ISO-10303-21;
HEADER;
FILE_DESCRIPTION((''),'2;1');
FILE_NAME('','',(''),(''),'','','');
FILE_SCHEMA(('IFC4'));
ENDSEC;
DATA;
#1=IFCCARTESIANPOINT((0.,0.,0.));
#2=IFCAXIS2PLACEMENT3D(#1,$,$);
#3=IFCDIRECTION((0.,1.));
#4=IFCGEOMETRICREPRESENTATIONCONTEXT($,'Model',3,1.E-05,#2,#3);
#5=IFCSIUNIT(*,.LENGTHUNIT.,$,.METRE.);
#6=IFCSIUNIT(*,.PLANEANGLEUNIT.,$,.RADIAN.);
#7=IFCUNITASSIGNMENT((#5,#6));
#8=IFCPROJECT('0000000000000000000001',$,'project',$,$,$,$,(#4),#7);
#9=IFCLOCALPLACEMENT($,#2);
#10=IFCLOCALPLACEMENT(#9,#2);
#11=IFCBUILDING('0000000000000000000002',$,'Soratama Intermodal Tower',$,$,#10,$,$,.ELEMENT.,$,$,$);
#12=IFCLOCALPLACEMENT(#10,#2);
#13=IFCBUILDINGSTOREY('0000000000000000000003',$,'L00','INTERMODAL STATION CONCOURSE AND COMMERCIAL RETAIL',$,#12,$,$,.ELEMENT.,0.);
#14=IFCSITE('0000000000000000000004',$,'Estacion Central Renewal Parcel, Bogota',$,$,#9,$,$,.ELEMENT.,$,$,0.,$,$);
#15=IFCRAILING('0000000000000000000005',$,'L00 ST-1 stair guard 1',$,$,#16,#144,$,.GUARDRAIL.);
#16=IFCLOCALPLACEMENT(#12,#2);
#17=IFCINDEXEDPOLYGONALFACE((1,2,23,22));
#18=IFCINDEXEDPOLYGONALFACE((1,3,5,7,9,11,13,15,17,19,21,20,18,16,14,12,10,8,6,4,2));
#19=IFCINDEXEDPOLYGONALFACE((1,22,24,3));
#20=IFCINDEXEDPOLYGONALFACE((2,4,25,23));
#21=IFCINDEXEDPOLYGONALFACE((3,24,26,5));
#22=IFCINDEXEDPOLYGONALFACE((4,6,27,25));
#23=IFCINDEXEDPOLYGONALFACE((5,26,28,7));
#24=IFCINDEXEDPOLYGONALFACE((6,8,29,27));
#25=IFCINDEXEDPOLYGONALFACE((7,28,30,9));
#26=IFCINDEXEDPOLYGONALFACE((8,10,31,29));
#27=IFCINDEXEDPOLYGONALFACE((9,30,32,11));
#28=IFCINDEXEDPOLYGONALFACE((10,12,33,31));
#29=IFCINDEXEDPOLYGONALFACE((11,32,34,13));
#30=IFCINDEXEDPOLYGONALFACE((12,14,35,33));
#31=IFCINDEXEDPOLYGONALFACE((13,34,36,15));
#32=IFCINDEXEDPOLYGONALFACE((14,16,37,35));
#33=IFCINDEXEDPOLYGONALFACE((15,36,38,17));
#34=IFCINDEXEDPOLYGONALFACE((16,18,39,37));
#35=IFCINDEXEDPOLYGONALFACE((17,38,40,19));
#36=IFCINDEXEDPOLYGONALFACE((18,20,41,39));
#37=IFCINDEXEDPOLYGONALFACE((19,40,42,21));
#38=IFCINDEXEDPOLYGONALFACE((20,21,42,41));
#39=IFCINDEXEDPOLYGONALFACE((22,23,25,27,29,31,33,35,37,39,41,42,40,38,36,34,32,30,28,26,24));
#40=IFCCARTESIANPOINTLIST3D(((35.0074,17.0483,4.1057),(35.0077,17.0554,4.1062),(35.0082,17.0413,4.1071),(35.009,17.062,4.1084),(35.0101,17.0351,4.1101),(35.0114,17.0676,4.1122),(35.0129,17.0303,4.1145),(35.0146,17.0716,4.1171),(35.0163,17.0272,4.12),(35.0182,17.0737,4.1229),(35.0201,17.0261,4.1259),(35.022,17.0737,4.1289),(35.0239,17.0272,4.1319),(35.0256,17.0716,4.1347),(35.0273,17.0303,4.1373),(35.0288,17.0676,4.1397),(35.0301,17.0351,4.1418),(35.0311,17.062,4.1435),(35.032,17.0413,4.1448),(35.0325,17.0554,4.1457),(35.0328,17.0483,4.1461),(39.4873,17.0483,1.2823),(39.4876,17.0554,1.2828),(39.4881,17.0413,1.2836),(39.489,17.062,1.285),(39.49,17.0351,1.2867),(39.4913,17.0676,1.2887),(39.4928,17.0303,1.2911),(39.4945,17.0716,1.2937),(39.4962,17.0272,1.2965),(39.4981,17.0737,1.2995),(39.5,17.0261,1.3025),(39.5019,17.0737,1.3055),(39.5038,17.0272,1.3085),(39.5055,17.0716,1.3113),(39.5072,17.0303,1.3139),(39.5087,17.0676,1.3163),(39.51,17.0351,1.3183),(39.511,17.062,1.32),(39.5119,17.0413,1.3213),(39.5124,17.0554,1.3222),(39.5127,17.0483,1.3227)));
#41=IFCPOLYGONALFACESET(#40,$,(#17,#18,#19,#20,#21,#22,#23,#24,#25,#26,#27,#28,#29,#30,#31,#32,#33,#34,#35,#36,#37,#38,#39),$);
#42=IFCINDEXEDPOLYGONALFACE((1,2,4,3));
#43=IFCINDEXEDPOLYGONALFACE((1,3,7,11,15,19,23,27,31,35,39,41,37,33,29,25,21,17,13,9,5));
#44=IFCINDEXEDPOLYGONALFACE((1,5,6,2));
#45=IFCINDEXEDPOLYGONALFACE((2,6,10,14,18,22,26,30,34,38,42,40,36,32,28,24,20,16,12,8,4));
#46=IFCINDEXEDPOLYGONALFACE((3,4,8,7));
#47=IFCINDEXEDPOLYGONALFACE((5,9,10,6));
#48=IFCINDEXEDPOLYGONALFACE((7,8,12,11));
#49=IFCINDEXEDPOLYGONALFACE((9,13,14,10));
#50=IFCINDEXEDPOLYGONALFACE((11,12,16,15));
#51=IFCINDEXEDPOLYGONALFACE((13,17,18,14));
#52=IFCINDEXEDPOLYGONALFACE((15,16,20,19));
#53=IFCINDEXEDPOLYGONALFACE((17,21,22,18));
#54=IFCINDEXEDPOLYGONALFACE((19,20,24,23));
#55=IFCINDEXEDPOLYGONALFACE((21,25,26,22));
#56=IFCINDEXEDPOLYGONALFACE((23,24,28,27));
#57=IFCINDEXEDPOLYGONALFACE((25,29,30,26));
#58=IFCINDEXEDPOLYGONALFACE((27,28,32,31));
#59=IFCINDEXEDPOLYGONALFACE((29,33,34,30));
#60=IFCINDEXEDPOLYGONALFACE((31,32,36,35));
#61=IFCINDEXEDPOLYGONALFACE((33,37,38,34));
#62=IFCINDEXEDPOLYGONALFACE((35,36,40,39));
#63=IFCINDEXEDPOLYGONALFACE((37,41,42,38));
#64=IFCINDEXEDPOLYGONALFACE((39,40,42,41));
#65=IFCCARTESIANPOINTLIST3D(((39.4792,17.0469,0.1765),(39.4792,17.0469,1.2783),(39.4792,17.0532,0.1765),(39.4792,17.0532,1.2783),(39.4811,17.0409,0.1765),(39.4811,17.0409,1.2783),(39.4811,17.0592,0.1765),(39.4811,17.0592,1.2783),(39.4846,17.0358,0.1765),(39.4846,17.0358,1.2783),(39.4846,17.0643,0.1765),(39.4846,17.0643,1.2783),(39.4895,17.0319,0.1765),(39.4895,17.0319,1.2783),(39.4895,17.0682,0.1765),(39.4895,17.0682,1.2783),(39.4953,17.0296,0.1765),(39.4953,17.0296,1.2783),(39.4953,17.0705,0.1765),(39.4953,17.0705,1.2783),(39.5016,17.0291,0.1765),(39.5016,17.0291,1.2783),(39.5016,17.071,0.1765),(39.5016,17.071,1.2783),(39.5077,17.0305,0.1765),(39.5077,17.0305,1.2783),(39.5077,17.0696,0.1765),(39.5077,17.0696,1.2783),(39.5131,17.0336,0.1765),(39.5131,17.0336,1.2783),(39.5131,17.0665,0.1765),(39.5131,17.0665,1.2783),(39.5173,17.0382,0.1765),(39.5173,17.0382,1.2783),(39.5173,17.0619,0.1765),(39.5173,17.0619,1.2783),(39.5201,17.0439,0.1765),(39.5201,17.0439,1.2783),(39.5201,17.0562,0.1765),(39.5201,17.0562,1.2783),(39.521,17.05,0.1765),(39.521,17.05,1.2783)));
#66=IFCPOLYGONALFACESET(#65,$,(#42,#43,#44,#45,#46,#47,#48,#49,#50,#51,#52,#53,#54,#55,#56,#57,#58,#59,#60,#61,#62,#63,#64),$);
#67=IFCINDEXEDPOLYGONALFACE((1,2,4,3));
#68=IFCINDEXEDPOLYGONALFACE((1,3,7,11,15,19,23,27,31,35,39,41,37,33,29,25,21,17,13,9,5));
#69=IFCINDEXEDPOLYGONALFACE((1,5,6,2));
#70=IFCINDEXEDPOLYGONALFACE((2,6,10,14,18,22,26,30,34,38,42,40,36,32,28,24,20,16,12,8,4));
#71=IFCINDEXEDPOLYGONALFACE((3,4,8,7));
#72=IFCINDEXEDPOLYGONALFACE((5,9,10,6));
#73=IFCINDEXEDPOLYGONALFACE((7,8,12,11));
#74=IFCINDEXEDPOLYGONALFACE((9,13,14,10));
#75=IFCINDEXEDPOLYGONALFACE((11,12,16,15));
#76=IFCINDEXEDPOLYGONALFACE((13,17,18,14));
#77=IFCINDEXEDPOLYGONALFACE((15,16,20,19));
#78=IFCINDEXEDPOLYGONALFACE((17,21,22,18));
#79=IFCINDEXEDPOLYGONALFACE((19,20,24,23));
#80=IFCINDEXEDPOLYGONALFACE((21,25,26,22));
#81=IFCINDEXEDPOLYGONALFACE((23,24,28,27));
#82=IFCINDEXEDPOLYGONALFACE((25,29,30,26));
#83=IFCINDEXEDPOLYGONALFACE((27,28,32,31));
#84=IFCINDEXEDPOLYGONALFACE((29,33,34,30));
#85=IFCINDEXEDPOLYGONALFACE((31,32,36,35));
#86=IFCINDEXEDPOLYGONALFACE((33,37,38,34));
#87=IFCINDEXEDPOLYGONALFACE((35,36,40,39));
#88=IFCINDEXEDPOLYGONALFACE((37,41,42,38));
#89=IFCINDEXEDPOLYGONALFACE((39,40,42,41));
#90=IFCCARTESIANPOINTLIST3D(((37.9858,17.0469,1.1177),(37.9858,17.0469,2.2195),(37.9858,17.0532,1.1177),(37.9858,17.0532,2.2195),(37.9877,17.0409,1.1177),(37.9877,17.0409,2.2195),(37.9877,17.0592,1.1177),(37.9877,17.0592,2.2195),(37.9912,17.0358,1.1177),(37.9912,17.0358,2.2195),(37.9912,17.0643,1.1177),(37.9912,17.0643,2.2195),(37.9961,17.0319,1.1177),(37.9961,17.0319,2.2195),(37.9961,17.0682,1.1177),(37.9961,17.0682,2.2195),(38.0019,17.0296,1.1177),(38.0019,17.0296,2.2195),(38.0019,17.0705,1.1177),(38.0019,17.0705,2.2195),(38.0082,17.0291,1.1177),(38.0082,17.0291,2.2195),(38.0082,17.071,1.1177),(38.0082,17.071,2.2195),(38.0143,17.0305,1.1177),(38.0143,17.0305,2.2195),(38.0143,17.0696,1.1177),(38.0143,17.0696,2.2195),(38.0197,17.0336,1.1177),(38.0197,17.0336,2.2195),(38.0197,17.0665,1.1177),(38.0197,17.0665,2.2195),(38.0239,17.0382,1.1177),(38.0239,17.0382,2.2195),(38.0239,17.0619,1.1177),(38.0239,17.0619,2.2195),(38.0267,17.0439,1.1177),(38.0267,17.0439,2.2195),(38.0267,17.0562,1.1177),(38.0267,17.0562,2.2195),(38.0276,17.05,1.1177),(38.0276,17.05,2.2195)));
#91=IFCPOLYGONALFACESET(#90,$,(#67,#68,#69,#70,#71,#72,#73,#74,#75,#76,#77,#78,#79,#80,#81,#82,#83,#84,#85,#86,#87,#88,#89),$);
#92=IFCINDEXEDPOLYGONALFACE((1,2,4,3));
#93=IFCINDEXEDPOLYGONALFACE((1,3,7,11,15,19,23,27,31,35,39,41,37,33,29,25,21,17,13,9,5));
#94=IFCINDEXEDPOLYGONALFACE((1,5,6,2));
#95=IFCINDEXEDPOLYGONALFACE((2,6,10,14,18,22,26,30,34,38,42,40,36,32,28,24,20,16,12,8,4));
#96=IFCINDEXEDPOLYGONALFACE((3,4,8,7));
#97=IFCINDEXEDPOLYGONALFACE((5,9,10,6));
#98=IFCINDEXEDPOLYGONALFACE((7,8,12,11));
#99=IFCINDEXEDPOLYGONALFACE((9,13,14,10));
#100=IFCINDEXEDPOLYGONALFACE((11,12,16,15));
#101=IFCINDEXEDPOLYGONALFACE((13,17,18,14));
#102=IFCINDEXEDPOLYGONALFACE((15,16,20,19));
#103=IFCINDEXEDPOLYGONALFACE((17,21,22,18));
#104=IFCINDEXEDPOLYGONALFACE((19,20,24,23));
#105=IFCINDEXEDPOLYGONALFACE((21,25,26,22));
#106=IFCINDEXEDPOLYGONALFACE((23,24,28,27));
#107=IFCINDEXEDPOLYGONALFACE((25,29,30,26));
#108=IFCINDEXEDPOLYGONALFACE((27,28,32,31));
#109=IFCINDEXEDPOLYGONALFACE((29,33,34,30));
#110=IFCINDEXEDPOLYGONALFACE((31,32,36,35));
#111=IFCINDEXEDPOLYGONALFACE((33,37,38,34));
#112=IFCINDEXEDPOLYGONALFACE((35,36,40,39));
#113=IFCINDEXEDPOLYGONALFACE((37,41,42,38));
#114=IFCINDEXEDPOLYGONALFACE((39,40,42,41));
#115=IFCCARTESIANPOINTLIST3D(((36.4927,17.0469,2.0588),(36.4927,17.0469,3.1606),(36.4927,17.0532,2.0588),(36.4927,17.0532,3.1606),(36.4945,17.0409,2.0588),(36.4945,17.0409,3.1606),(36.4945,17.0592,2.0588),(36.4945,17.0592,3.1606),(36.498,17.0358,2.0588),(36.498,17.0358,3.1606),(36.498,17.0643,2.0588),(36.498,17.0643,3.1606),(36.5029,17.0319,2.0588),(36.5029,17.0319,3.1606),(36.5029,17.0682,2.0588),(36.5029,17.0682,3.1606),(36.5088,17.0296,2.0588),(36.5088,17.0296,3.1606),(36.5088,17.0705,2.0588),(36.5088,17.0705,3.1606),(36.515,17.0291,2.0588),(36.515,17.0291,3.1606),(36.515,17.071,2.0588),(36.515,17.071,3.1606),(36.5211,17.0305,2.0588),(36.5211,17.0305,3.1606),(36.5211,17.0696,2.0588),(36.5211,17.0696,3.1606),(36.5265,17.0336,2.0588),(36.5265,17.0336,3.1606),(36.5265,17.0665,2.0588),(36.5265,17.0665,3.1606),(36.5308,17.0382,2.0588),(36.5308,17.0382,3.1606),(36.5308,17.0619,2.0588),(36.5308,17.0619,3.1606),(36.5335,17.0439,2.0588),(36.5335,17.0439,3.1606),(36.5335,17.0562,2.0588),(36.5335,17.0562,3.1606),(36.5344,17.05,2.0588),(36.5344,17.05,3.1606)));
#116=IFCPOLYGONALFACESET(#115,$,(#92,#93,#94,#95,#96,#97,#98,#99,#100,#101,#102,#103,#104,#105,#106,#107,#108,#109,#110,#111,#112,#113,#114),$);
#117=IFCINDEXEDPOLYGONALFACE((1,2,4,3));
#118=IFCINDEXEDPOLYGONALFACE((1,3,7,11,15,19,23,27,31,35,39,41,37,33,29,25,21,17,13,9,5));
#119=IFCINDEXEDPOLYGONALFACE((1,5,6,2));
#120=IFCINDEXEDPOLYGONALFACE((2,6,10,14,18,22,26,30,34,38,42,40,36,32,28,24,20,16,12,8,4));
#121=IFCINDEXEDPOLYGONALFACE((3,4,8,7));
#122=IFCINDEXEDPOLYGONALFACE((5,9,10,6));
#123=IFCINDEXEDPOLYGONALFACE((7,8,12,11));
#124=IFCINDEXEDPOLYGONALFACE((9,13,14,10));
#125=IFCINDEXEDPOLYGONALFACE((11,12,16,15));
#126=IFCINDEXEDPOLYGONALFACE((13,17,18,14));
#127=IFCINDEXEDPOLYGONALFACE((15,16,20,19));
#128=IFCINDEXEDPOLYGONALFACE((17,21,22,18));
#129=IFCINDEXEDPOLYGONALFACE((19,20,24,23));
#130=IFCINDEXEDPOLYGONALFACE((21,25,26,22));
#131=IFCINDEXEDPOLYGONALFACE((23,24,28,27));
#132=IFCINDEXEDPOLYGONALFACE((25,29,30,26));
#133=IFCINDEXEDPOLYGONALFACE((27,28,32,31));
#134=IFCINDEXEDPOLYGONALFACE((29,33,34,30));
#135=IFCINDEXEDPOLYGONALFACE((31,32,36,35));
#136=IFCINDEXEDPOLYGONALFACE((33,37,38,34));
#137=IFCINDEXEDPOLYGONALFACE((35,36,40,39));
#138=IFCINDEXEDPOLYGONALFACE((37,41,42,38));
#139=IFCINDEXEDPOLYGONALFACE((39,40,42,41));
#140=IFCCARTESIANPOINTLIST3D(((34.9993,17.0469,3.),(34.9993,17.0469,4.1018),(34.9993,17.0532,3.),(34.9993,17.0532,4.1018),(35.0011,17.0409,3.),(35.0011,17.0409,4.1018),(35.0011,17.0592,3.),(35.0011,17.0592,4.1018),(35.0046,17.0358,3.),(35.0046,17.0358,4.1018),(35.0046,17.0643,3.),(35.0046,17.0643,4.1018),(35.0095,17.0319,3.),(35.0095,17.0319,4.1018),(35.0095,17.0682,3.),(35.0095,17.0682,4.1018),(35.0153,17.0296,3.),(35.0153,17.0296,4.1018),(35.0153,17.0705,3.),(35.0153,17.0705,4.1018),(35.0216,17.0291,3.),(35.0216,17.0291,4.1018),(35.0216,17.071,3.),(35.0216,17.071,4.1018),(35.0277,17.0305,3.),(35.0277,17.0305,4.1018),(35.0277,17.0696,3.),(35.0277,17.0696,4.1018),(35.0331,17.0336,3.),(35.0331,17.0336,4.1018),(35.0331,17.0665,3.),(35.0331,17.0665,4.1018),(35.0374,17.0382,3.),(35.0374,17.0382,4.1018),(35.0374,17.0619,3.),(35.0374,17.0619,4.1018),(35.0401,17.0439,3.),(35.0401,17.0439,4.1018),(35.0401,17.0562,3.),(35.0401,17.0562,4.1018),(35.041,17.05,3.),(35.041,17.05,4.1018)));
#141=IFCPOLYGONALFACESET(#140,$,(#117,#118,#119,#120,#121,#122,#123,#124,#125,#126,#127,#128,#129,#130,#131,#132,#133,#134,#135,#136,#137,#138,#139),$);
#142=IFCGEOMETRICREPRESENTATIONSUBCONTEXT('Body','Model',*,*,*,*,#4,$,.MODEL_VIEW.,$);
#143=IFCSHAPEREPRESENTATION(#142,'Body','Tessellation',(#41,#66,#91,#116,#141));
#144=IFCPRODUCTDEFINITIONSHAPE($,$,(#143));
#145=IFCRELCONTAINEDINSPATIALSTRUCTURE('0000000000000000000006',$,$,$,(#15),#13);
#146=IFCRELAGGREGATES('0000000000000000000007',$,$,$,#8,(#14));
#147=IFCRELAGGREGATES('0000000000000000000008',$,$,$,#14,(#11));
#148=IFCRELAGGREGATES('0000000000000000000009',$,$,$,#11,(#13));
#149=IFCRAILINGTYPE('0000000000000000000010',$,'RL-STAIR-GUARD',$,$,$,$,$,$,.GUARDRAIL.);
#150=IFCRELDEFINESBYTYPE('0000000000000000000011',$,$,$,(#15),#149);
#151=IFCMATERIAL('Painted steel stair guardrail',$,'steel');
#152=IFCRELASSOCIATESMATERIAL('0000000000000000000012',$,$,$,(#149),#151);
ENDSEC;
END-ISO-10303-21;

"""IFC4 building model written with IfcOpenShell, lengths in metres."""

from ifc_helpers import new_model, si_unit, direction, frame, origin, origin_2d, place, context, subcontext, project, spatial, circle, extrude, material, type_object, element, save


model = new_model("IFC4")

# Units and contexts
model_context = context("Model", 3, precision=1e-05, world=origin(), true_north=direction((0.0, 1.0)))
body_context = subcontext(model_context, "Body", "Model", "MODEL_VIEW")
ifc_project = project(units=[si_unit("LENGTHUNIT", "METRE"), si_unit("PLANEANGLEUNIT", "RADIAN")], contexts=[model_context])

# Site, building, storey
site_placement = place(None, origin())
site = spatial("IfcSite", under=ifc_project, at=site_placement, Name="Estacion Central Renewal Parcel, Bogota", CompositionType="ELEMENT", RefElevation=0.0)
building_placement = place(site_placement, origin())
building = spatial("IfcBuilding", under=site, at=building_placement, Name="Soratama Intermodal Tower", CompositionType="ELEMENT")
storey_placement = place(building_placement, origin())
storey = spatial("IfcBuildingStorey", under=building, at=storey_placement, Name="L00", Description="INTERMODAL STATION CONCOURSE AND COMMERCIAL RETAIL", CompositionType="ELEMENT", Elevation=0.0)

# Railing
ifc_material_1 = material(Name="Painted steel stair guardrail", Category="steel")
railing_type_1 = type_object("IfcRailingType", Name="RL-STAIR-GUARD", PredefinedType="GUARDRAIL", material=ifc_material_1)
railing_1_placement = place(storey_placement, frame((39.5, 17.05, 0.1765)))
element("IfcRailing", 1, at=railing_1_placement, inside=storey, type_object=railing_type_1, Name="L00 ST-1 stair guard 1", PredefinedType="GUARDRAIL", context=body_context, shape_type="SweptSolid", body=[
    extrude(circle(Radius=0.0239, at=origin_2d()), frame((0.0, 0.0, 1.126), z_axis=(-0.845998, 0.0, 0.533186), x_axis=(0.0, -1.0, 0.0)), (0.0, 0.0, 1.0), 5.2954),
    extrude(circle(Radius=0.021, at=origin_2d()), origin(), (0.0, 0.0, 1.0), 1.1018),
    extrude(circle(Radius=0.021, at=origin_2d()), frame((-1.4934, 0.0, 0.9412)), (0.0, 0.0, 1.0), 1.1018),
    extrude(circle(Radius=0.021, at=origin_2d()), frame((-2.9866, 0.0, 1.8823)), (0.0, 0.0, 1.0), 1.1018),
    extrude(circle(Radius=0.021, at=origin_2d()), frame((-4.48, 0.0, 2.8235)), (0.0, 0.0, 1.0), 1.1018),
])

save(model, "model.ifc")
